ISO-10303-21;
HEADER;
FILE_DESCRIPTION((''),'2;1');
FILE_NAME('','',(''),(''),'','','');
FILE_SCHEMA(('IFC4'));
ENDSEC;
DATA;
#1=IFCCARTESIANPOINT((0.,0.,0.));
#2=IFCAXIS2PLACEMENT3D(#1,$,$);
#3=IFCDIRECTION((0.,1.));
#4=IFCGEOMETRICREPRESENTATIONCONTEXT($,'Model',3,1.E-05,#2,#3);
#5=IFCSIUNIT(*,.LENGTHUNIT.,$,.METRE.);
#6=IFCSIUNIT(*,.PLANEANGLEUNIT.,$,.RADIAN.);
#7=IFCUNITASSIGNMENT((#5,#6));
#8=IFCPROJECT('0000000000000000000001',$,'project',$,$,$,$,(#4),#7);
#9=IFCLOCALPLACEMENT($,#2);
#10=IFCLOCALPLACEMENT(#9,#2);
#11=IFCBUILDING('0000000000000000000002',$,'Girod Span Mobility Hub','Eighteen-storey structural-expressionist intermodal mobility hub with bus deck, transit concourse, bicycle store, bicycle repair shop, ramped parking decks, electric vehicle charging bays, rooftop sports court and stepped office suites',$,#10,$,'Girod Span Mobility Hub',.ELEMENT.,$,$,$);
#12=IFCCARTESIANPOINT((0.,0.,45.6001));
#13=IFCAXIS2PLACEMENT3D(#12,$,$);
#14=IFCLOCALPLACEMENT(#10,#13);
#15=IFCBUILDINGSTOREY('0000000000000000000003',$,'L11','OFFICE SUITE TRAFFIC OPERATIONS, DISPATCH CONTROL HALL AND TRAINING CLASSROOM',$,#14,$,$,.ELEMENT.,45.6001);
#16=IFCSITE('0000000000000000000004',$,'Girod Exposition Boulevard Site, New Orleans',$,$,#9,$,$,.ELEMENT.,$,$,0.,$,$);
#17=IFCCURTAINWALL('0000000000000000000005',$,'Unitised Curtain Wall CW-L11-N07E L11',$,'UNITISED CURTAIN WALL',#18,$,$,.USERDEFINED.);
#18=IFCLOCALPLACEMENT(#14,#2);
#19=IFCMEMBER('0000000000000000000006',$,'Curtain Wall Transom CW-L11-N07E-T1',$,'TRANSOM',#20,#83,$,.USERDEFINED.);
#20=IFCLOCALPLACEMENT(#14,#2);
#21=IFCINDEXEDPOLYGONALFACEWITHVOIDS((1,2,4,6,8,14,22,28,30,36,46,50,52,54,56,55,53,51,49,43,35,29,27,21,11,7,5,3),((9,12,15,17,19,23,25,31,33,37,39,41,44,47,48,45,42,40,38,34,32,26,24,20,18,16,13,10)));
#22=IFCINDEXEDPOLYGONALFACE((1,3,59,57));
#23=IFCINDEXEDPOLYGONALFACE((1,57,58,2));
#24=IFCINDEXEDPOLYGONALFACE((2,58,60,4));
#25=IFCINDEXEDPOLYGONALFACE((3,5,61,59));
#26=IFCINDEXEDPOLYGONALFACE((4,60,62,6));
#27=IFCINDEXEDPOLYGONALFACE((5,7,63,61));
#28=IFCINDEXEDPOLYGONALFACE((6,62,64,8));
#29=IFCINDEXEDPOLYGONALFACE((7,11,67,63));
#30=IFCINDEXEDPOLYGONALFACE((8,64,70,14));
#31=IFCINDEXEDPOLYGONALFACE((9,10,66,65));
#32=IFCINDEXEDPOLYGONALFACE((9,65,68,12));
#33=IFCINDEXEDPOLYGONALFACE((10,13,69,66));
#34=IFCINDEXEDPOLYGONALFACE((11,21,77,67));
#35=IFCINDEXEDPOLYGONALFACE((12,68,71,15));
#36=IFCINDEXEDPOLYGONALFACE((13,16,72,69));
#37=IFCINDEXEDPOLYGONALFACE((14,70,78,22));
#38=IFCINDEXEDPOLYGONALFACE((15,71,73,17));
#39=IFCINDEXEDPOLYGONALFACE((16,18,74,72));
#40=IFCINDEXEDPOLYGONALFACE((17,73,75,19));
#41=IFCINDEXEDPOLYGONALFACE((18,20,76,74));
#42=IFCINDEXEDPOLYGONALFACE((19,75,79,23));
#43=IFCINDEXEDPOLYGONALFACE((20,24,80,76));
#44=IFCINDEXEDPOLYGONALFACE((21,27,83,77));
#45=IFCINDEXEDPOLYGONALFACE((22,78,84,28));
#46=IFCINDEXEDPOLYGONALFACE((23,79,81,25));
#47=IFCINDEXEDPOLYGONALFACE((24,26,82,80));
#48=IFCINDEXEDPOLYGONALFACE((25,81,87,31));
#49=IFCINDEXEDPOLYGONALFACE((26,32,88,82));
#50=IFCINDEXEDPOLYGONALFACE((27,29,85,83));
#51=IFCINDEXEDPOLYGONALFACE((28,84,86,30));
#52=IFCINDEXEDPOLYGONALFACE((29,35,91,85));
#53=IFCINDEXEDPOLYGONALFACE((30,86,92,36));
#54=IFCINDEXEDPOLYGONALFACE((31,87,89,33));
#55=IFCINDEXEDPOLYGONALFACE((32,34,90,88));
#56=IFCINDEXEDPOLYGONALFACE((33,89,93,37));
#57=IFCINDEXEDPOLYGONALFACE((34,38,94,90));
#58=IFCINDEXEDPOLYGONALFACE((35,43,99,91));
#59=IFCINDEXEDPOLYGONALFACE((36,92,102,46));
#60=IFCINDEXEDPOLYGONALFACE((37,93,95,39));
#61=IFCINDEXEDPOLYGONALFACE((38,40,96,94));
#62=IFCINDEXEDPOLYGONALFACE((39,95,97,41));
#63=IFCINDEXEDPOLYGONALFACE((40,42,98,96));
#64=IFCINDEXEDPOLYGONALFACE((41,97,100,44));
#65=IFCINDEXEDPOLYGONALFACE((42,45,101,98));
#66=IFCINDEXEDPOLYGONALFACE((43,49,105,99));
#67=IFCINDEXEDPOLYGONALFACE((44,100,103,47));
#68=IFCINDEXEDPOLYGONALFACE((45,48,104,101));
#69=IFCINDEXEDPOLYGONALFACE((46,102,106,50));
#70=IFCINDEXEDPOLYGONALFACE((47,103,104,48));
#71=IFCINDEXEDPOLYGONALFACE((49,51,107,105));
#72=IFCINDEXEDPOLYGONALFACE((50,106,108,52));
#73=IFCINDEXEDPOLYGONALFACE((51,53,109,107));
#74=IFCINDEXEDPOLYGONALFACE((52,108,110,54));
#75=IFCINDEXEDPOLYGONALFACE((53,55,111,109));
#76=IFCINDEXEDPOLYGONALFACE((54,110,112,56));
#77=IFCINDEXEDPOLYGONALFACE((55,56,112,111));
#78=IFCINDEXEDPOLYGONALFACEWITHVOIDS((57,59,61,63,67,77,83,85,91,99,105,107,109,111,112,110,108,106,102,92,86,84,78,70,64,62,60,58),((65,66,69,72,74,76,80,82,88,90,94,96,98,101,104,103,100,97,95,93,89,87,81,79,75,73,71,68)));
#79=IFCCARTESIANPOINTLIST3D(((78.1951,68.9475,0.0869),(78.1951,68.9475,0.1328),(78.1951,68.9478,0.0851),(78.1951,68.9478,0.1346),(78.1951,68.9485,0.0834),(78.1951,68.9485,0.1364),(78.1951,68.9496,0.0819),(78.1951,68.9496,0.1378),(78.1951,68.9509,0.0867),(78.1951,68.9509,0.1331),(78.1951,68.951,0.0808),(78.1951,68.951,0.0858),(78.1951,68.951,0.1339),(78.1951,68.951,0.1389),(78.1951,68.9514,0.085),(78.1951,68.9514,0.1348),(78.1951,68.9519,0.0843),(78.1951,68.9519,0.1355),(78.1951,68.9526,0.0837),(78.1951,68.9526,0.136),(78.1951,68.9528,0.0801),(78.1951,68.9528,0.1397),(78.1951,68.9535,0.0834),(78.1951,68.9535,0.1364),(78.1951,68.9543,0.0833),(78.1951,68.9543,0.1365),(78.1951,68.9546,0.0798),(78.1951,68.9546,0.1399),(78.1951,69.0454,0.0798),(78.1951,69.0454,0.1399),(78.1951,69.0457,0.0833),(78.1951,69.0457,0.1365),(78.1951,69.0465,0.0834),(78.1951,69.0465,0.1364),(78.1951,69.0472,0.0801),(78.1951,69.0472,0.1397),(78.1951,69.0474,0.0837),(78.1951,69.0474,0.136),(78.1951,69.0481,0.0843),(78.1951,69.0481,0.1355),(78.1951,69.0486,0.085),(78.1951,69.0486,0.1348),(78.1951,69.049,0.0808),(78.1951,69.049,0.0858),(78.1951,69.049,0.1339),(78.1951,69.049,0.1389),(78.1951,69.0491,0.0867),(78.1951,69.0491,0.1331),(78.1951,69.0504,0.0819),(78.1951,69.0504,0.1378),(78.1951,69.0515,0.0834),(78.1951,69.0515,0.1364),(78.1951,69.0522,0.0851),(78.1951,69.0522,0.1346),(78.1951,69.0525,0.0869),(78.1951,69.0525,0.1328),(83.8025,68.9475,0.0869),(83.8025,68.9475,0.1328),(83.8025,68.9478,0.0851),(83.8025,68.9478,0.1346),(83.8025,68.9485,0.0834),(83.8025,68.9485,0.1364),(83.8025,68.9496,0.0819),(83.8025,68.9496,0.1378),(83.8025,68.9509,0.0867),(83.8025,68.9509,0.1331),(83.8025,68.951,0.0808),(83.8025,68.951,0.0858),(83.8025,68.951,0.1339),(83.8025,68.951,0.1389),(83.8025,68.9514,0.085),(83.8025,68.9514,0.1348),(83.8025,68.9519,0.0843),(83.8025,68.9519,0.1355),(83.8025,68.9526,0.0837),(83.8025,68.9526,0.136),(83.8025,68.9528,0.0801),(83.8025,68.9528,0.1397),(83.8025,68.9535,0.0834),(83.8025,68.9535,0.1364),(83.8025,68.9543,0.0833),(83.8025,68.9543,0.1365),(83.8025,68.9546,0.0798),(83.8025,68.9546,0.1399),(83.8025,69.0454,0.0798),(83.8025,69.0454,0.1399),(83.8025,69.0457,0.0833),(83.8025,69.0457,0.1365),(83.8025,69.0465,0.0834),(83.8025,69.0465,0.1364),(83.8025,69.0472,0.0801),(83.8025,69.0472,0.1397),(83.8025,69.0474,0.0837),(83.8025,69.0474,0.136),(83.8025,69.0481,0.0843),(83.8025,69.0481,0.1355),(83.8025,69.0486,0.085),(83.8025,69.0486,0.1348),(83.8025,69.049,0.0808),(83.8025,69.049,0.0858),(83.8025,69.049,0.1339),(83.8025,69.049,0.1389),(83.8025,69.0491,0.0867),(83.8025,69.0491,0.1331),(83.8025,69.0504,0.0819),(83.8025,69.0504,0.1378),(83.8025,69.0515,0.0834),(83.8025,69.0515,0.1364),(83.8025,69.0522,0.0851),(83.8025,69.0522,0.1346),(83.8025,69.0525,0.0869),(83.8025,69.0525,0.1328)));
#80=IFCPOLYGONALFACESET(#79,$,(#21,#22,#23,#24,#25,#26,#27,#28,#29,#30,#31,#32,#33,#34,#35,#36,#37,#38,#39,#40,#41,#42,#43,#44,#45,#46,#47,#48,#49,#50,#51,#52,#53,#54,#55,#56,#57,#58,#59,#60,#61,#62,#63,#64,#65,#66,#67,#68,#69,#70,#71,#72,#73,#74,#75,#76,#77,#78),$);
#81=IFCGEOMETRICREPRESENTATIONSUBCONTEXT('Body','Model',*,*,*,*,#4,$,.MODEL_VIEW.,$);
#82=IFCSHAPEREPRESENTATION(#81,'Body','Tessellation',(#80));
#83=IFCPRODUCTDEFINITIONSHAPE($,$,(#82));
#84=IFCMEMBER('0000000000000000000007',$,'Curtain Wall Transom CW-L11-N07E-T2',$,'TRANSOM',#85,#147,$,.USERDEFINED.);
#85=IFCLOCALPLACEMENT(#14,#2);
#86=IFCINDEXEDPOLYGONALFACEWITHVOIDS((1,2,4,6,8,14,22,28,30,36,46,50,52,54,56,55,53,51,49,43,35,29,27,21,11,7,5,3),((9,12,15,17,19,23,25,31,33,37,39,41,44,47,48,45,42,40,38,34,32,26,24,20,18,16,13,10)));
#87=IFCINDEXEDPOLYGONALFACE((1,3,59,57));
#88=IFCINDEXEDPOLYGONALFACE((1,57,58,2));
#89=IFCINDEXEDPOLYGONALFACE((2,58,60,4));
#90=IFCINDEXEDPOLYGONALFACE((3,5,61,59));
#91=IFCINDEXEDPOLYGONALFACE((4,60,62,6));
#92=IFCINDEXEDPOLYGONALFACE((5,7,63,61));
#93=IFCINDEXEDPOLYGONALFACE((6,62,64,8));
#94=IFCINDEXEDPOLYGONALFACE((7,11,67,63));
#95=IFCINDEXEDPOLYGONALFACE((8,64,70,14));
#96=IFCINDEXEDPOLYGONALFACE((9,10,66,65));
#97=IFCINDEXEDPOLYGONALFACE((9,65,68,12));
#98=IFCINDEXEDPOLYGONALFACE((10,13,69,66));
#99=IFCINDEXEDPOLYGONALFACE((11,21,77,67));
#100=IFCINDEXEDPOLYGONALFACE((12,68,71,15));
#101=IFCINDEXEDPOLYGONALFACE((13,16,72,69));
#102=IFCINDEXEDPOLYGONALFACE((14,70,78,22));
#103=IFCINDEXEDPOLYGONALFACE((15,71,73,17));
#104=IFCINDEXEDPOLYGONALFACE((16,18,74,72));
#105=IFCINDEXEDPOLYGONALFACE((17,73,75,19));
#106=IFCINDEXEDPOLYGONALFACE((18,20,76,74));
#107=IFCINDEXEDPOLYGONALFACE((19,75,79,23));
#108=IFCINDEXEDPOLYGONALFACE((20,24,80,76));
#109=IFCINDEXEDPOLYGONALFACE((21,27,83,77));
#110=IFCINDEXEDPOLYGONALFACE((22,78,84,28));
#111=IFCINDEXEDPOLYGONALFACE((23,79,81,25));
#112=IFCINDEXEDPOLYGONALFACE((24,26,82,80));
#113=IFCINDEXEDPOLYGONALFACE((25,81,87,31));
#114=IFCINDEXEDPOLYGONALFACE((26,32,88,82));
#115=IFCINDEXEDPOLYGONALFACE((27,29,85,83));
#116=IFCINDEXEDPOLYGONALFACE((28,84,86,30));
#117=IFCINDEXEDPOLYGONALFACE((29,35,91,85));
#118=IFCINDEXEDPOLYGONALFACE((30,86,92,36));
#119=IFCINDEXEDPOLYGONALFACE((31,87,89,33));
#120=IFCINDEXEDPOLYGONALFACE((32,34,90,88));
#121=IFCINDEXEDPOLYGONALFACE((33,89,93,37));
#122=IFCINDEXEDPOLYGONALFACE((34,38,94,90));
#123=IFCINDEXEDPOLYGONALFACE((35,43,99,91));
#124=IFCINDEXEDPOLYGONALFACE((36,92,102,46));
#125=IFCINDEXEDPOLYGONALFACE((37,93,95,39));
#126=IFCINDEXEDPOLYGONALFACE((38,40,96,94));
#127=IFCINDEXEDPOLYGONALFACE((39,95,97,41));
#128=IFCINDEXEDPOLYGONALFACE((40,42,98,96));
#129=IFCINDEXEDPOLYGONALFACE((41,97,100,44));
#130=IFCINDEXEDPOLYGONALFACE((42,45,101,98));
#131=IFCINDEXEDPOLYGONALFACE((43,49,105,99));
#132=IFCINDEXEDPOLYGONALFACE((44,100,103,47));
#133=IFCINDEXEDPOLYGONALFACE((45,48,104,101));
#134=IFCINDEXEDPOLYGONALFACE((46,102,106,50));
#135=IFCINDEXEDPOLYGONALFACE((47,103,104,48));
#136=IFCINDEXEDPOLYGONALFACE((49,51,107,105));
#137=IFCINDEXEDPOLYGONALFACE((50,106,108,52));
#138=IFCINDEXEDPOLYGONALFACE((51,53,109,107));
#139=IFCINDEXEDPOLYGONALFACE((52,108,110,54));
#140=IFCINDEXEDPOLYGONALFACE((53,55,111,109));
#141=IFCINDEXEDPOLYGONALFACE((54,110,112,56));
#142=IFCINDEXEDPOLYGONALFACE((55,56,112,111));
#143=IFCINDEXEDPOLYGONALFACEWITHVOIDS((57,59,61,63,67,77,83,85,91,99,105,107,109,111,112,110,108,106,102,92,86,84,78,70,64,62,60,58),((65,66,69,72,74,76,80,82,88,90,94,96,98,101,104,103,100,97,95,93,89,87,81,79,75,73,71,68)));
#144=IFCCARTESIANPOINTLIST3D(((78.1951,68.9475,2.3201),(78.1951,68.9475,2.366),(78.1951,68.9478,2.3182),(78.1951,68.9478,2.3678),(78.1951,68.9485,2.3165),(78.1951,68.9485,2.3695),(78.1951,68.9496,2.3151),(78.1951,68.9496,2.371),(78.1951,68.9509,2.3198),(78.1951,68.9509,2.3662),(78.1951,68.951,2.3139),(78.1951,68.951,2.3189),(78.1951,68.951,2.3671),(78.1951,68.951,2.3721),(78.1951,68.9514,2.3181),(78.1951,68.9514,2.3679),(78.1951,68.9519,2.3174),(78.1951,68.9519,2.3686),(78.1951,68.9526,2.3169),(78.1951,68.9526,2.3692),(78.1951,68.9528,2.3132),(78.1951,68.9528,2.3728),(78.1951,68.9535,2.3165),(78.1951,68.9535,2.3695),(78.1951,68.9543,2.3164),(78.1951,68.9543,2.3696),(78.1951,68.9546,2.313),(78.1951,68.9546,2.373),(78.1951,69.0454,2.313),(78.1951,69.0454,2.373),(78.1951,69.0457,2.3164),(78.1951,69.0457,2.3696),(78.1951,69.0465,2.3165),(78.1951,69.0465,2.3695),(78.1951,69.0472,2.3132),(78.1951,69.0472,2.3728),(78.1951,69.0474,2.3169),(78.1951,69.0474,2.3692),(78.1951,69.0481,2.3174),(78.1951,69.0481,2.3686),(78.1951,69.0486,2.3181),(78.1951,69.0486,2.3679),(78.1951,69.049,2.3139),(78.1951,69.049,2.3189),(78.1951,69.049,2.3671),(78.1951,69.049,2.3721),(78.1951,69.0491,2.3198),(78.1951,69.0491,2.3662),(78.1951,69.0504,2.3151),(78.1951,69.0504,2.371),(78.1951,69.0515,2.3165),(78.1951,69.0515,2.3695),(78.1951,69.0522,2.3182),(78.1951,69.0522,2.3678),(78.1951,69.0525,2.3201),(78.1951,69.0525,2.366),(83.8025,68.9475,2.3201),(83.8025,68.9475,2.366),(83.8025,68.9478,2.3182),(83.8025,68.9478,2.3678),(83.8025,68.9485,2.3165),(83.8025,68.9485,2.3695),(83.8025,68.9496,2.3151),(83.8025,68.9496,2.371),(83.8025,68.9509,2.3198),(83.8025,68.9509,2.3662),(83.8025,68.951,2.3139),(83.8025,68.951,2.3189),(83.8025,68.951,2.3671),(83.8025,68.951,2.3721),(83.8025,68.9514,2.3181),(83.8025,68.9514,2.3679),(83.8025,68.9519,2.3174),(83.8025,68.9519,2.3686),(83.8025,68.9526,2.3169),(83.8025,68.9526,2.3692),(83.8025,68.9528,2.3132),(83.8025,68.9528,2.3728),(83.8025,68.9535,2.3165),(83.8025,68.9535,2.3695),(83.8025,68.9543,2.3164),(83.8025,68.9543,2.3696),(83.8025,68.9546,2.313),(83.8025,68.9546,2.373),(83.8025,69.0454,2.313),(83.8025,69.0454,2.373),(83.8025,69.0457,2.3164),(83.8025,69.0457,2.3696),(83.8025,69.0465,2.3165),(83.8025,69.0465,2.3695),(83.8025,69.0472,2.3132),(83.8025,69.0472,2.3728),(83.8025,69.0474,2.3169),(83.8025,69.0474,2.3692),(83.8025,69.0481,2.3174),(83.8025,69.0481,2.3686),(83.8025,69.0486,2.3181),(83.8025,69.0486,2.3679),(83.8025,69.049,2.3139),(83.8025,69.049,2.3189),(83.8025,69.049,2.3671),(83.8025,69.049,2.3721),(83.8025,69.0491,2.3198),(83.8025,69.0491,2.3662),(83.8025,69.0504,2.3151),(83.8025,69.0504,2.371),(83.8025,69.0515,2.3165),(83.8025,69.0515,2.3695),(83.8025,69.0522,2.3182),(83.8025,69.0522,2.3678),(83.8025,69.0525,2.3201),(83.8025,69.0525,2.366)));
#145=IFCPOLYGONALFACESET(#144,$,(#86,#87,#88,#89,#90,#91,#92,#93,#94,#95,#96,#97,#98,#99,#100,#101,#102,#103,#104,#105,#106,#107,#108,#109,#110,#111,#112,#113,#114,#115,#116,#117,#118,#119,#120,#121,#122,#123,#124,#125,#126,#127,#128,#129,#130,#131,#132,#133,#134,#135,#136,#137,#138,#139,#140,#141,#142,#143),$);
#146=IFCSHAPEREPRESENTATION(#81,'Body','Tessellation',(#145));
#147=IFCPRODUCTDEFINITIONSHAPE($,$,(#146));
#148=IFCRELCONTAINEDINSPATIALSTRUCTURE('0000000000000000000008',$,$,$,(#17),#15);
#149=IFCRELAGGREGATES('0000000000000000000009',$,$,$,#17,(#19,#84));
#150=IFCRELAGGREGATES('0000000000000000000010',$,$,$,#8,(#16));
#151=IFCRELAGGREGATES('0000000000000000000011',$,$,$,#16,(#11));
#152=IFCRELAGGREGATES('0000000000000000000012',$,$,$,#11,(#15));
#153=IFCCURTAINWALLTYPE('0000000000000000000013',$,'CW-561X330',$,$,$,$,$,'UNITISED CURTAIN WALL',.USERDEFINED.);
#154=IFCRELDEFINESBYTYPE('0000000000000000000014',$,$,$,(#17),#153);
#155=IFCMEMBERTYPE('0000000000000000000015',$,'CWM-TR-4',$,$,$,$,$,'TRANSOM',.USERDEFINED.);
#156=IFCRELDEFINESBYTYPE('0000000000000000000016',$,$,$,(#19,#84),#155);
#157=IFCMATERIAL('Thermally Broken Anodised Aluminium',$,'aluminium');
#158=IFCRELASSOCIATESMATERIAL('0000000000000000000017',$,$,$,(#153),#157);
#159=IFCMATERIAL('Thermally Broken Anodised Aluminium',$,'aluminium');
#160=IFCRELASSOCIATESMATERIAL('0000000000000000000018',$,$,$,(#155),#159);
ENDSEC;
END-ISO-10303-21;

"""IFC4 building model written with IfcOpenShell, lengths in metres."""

from ifc_helpers import new_model, si_unit, direction, frame, origin, origin_2d, place, context, subcontext, project, spatial, hollow_rectangle, extrude, material, material_profile, profile_set, type_object, element, aggregate, save


model = new_model("IFC4")

# Units and contexts
model_context = context("Model", 3, precision=1e-05, world=origin(), true_north=direction((0.0, 1.0)))
body_context = subcontext(model_context, "Body", "Model", "MODEL_VIEW")
ifc_project = project(units=[si_unit("LENGTHUNIT", "METRE"), si_unit("PLANEANGLEUNIT", "RADIAN")], contexts=[model_context])

# Site, building, storey
site_placement = place(None, origin())
site = spatial("IfcSite", under=ifc_project, at=site_placement, Name="Girod Exposition Boulevard Site, New Orleans", CompositionType="ELEMENT", RefElevation=0.0)
building_placement = place(site_placement, origin())
building = spatial("IfcBuilding", under=site, at=building_placement, Name="Girod Span Mobility Hub", Description="Eighteen-storey structural-expressionist intermodal mobility hub with bus deck, transit concourse, bicycle store, bicycle repair shop, ramped parking decks, electric vehicle charging bays, rooftop sports court and stepped office suites", LongName="Girod Span Mobility Hub", CompositionType="ELEMENT")
storey_placement = place(building_placement, frame((0.0, 0.0, 45.6001)))
storey = spatial("IfcBuildingStorey", under=building, at=storey_placement, Name="L11", Description="OFFICE SUITE TRAFFIC OPERATIONS, DISPATCH CONTROL HALL AND TRAINING CLASSROOM", CompositionType="ELEMENT", Elevation=45.6001)

# Shared definitions
ifc_material_1 = material(Name="Thermally Broken Anodised Aluminium", Category="aluminium")
curtain_wall_type = type_object("IfcCurtainWallType", Name="CW-561X330", ElementType="UNITISED CURTAIN WALL", PredefinedType="USERDEFINED", material=ifc_material_1)

# Curtain wall
curtain_wall_1_placement = place(storey_placement, origin())
curtain_wall_1 = element("IfcCurtainWall", 1, at=curtain_wall_1_placement, inside=storey, type_object=curtain_wall_type, Name="Unitised Curtain Wall CW-L11-N07E L11", ObjectType="UNITISED CURTAIN WALL", PredefinedType="USERDEFINED")

# Members
ifc_material_2 = material(Name="Thermally Broken Anodised Aluminium", Category="aluminium")
ifc_material_profile_1 = material_profile(ifc_material_2, hollow_rectangle(XDim=0.105, YDim=0.0601, WallThickness=0.0034, InnerFilletRadius=0.0034, OuterFilletRadius=0.0071, at=origin_2d()), Name="CW-TR-60X105")
ifc_profile_set_1 = profile_set([ifc_material_profile_1], Name="Thermally Broken Anodised Aluminium")
member_type_1 = type_object("IfcMemberType", Name="CWM-TR-4", ElementType="TRANSOM", PredefinedType="USERDEFINED", material=ifc_profile_set_1)
member_1_placement = place(storey_placement, frame((78.1951, 69.0, 0.1099), z_axis=(1.0, 0.0, 0.0), x_axis=(0.0, 1.0, 0.0)))
member_1 = element("IfcMember", 2, at=member_1_placement, type_object=member_type_1, Name="Curtain Wall Transom CW-L11-N07E-T1", ObjectType="TRANSOM", PredefinedType="USERDEFINED", context=body_context, shape_type="SweptSolid", body=[
    extrude(hollow_rectangle(XDim=0.105, YDim=0.0601, WallThickness=0.0034, InnerFilletRadius=0.0034, OuterFilletRadius=0.0071, at=origin_2d()), origin(), (0.0, 0.0, 1.0), 5.6074),
])
member_2_placement = place(storey_placement, frame((78.1951, 69.0, 2.343), z_axis=(1.0, 0.0, 0.0), x_axis=(0.0, 1.0, 0.0)))
member_2 = element("IfcMember", 3, at=member_2_placement, type_object=member_type_1, Name="Curtain Wall Transom CW-L11-N07E-T2", ObjectType="TRANSOM", PredefinedType="USERDEFINED", context=body_context, shape_type="SweptSolid", body=[
    extrude(hollow_rectangle(XDim=0.105, YDim=0.0601, WallThickness=0.0034, InnerFilletRadius=0.0034, OuterFilletRadius=0.0071, at=origin_2d()), origin(), (0.0, 0.0, 1.0), 5.6074),
])

aggregate(curtain_wall_1, [member_1, member_2])

save(model, "model.ifc")
